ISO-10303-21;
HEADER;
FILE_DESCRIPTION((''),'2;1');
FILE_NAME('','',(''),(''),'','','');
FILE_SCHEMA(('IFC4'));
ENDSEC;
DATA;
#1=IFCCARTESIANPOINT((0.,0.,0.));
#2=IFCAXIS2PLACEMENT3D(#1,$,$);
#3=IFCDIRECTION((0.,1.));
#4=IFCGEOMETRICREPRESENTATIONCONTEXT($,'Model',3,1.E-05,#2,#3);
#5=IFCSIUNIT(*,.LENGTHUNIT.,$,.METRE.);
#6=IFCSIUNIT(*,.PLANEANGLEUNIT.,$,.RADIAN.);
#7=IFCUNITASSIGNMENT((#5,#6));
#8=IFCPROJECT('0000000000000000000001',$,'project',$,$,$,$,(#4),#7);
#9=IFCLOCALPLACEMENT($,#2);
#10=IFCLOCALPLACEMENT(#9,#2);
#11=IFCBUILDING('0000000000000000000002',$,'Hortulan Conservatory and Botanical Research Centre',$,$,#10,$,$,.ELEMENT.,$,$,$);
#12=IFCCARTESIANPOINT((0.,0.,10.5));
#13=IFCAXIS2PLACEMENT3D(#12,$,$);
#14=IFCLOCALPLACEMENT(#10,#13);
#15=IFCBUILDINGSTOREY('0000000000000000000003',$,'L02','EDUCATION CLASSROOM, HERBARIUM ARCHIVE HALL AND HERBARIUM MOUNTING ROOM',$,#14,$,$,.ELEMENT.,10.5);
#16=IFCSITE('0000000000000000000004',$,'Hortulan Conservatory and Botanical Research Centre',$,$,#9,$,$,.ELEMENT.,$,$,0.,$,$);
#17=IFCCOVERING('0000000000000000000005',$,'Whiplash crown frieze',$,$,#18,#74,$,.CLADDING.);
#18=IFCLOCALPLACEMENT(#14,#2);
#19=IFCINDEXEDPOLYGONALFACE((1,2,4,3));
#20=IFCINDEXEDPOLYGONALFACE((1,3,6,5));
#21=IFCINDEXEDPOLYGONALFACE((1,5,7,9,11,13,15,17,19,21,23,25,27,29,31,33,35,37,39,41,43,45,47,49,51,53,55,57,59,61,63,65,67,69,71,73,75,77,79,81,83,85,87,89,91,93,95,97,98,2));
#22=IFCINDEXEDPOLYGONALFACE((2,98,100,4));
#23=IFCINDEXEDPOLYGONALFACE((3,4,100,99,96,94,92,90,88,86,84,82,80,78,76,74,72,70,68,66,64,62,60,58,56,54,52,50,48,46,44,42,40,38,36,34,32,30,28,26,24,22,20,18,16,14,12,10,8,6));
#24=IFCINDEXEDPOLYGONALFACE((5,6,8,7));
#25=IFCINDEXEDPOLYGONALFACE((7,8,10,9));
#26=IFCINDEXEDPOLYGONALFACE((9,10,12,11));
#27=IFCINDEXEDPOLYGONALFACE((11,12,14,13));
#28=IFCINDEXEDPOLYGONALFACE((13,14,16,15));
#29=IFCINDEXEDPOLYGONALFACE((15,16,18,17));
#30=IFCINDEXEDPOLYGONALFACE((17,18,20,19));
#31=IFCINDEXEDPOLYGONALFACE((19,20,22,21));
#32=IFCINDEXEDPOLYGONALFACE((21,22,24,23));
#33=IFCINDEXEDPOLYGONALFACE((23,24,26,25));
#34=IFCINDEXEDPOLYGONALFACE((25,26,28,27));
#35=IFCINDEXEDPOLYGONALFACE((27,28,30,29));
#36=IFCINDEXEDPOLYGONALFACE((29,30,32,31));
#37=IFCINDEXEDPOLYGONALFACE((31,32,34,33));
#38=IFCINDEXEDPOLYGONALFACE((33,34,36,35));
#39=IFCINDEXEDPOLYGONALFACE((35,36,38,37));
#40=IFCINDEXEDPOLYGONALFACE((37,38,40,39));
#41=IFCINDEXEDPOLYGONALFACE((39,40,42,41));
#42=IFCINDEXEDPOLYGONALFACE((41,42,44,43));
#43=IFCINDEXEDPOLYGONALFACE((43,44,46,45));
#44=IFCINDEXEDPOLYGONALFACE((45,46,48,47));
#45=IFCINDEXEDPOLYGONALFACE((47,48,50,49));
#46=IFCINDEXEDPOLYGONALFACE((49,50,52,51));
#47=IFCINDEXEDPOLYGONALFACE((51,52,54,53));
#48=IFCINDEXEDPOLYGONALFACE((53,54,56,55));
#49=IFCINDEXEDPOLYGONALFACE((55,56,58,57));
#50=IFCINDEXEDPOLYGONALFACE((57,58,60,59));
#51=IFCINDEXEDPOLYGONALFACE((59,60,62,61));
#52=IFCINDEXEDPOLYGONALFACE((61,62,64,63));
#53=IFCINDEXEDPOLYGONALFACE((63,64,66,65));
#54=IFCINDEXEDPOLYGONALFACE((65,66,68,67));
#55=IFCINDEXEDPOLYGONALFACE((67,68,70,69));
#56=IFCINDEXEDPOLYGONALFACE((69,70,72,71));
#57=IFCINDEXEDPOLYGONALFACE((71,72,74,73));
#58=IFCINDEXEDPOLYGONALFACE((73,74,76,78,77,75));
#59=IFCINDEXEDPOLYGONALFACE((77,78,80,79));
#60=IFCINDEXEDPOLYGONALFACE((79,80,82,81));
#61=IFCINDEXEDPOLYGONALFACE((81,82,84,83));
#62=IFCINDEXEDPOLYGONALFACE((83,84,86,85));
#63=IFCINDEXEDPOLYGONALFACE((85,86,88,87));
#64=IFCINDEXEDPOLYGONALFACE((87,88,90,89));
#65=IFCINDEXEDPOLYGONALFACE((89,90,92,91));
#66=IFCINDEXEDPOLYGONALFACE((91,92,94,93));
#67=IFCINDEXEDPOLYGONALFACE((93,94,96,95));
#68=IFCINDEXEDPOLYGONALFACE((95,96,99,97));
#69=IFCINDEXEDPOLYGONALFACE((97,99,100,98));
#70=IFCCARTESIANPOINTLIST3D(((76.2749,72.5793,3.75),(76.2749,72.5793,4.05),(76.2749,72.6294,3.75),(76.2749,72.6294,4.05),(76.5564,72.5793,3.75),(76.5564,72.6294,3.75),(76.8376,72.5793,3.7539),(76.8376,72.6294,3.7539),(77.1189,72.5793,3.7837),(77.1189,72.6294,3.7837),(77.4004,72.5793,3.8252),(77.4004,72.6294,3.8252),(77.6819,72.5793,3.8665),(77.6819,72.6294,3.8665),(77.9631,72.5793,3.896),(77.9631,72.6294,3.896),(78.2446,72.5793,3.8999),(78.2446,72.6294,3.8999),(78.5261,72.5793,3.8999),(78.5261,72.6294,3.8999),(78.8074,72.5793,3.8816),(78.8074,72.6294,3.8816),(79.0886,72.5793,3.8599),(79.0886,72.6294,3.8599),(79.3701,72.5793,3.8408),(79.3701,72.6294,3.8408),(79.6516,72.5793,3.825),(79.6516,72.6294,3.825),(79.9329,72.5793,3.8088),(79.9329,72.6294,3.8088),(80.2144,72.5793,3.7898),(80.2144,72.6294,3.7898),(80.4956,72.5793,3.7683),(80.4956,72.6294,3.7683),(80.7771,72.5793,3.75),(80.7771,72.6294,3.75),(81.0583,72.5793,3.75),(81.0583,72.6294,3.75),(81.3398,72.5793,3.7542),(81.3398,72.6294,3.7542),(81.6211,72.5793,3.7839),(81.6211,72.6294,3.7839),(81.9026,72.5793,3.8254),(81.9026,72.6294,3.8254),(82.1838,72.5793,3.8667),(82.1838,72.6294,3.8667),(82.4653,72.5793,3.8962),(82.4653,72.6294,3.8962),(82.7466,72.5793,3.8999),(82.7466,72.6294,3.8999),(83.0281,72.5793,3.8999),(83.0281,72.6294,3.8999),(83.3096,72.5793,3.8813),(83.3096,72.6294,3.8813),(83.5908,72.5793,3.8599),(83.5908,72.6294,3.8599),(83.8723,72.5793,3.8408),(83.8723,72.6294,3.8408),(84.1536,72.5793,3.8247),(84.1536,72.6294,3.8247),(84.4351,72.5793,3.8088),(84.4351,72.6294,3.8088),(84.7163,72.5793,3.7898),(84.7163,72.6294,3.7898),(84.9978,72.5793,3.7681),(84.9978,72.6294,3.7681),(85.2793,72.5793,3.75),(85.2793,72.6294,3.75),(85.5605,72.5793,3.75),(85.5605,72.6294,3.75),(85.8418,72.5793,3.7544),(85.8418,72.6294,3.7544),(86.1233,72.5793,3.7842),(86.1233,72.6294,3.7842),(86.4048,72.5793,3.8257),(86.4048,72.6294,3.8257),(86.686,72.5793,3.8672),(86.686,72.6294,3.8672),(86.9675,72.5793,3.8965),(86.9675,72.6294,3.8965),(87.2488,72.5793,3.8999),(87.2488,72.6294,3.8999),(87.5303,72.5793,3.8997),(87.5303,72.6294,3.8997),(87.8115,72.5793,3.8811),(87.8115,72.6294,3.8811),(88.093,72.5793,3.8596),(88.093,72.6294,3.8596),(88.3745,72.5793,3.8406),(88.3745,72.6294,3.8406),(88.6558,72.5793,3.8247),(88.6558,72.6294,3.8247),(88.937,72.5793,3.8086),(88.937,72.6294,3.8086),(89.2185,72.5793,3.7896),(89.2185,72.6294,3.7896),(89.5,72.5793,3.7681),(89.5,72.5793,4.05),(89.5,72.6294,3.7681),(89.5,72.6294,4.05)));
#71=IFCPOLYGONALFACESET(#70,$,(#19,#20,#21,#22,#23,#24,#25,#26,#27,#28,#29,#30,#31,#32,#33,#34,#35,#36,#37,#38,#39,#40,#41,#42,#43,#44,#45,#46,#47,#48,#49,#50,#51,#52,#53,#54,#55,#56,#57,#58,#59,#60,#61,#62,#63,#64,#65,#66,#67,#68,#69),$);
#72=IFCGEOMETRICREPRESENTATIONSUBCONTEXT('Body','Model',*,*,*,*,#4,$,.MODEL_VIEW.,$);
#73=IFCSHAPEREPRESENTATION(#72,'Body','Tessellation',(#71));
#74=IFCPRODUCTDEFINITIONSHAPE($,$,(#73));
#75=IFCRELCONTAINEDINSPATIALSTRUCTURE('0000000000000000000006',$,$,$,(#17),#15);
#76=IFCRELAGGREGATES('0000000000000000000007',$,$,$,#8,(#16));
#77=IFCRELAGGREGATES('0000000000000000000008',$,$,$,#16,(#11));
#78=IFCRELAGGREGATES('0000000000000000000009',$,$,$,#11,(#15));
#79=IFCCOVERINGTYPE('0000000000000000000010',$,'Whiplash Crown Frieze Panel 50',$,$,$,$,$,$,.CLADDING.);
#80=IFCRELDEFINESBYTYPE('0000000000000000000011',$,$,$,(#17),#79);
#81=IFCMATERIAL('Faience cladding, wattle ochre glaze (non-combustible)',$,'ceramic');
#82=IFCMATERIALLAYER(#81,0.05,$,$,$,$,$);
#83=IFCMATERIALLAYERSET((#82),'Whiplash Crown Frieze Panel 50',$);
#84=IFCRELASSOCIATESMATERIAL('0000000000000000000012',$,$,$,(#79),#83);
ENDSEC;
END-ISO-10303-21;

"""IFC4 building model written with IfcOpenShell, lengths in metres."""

from ifc_helpers import new_model, si_unit, direction, frame, origin, place, context, subcontext, project, spatial, polyline, outline, extrude, material, layer, layer_set, type_object, element, save


model = new_model("IFC4")

# Units and contexts
model_context = context("Model", 3, precision=1e-05, world=origin(), true_north=direction((0.0, 1.0)))
body_context = subcontext(model_context, "Body", "Model", "MODEL_VIEW")
ifc_project = project(units=[si_unit("LENGTHUNIT", "METRE"), si_unit("PLANEANGLEUNIT", "RADIAN")], contexts=[model_context])

# Site, building, storey
site_placement = place(None, origin())
site = spatial("IfcSite", under=ifc_project, at=site_placement, Name="Hortulan Conservatory and Botanical Research Centre", CompositionType="ELEMENT", RefElevation=0.0)
building_placement = place(site_placement, origin())
building = spatial("IfcBuilding", under=site, at=building_placement, Name="Hortulan Conservatory and Botanical Research Centre", CompositionType="ELEMENT")
storey_placement = place(building_placement, frame((0.0, 0.0, 10.5)))
storey = spatial("IfcBuildingStorey", under=building, at=storey_placement, Name="L02", Description="EDUCATION CLASSROOM, HERBARIUM ARCHIVE HALL AND HERBARIUM MOUNTING ROOM", CompositionType="ELEMENT", Elevation=10.5)

# Covering
ifc_material_1 = material(Name="Faience cladding, wattle ochre glaze (non-combustible)", Category="ceramic")
ifc_layer_1 = layer(ifc_material_1, 0.05)
ifc_layer_set_1 = layer_set([ifc_layer_1], Name="Whiplash Crown Frieze Panel 50")
covering_type_1 = type_object("IfcCoveringType", Name="Whiplash Crown Frieze Panel 50", PredefinedType="CLADDING", material=ifc_layer_set_1)
covering_placement = place(storey_placement, frame((76.2749, 72.6045, 3.75), z_axis=(0.0, 0.0, 1.0), x_axis=(1.0, 0.0, 0.0)))
element("IfcCovering", 1, at=covering_placement, inside=storey, type_object=covering_type_1, Name="Whiplash crown frieze", PredefinedType="CLADDING", context=body_context, shape_type="SweptSolid", body=[
    extrude(outline(polyline([(0.0, 0.0), (0.2815, 0.0), (0.5627, 0.0039), (0.844, 0.0337), (1.1255, 0.0752), (1.407, 0.1165), (1.6882, 0.146), (1.9697, 0.1499), (2.2512, 0.1499), (2.5325, 0.1316), (2.8137, 0.1099), (3.0952, 0.0908), (3.3767, 0.075), (3.658, 0.0588), (3.9395, 0.0398), (4.2207, 0.0183), (4.5022, 0.0), (4.7834, 0.0), (5.0649, 0.0042), (5.3462, 0.0339), (5.6277, 0.0754), (5.9089, 0.1167), (6.1904, 0.1462), (6.4717, 0.1499), (6.7532, 0.1499), (7.0347, 0.1313), (7.3159, 0.1099), (7.5974, 0.0908), (7.8787, 0.0747), (8.1602, 0.0588), (8.4414, 0.0398), (8.7229, 0.0181), (9.0044, 0.0), (9.2856, 0.0), (9.5669, 0.0044), (9.8484, 0.0342), (10.1299, 0.0757), (10.4111, 0.1172), (10.6926, 0.1465), (10.9739, 0.1499), (11.2554, 0.1497), (11.5366, 0.1311), (11.8181, 0.1096), (12.0996, 0.0906), (12.3809, 0.0747), (12.6621, 0.0586), (12.9436, 0.0396), (13.2251, 0.0181), (13.2251, 0.3), (0.0, 0.3), (0.0, 0.0)])), frame((0.0, 0.0249, 0.0), z_axis=(0.0, -1.0, 0.0), x_axis=(1.0, 0.0, 0.0)), (0.0, 0.0, 1.0), 0.05),
])

save(model, "model.ifc")
